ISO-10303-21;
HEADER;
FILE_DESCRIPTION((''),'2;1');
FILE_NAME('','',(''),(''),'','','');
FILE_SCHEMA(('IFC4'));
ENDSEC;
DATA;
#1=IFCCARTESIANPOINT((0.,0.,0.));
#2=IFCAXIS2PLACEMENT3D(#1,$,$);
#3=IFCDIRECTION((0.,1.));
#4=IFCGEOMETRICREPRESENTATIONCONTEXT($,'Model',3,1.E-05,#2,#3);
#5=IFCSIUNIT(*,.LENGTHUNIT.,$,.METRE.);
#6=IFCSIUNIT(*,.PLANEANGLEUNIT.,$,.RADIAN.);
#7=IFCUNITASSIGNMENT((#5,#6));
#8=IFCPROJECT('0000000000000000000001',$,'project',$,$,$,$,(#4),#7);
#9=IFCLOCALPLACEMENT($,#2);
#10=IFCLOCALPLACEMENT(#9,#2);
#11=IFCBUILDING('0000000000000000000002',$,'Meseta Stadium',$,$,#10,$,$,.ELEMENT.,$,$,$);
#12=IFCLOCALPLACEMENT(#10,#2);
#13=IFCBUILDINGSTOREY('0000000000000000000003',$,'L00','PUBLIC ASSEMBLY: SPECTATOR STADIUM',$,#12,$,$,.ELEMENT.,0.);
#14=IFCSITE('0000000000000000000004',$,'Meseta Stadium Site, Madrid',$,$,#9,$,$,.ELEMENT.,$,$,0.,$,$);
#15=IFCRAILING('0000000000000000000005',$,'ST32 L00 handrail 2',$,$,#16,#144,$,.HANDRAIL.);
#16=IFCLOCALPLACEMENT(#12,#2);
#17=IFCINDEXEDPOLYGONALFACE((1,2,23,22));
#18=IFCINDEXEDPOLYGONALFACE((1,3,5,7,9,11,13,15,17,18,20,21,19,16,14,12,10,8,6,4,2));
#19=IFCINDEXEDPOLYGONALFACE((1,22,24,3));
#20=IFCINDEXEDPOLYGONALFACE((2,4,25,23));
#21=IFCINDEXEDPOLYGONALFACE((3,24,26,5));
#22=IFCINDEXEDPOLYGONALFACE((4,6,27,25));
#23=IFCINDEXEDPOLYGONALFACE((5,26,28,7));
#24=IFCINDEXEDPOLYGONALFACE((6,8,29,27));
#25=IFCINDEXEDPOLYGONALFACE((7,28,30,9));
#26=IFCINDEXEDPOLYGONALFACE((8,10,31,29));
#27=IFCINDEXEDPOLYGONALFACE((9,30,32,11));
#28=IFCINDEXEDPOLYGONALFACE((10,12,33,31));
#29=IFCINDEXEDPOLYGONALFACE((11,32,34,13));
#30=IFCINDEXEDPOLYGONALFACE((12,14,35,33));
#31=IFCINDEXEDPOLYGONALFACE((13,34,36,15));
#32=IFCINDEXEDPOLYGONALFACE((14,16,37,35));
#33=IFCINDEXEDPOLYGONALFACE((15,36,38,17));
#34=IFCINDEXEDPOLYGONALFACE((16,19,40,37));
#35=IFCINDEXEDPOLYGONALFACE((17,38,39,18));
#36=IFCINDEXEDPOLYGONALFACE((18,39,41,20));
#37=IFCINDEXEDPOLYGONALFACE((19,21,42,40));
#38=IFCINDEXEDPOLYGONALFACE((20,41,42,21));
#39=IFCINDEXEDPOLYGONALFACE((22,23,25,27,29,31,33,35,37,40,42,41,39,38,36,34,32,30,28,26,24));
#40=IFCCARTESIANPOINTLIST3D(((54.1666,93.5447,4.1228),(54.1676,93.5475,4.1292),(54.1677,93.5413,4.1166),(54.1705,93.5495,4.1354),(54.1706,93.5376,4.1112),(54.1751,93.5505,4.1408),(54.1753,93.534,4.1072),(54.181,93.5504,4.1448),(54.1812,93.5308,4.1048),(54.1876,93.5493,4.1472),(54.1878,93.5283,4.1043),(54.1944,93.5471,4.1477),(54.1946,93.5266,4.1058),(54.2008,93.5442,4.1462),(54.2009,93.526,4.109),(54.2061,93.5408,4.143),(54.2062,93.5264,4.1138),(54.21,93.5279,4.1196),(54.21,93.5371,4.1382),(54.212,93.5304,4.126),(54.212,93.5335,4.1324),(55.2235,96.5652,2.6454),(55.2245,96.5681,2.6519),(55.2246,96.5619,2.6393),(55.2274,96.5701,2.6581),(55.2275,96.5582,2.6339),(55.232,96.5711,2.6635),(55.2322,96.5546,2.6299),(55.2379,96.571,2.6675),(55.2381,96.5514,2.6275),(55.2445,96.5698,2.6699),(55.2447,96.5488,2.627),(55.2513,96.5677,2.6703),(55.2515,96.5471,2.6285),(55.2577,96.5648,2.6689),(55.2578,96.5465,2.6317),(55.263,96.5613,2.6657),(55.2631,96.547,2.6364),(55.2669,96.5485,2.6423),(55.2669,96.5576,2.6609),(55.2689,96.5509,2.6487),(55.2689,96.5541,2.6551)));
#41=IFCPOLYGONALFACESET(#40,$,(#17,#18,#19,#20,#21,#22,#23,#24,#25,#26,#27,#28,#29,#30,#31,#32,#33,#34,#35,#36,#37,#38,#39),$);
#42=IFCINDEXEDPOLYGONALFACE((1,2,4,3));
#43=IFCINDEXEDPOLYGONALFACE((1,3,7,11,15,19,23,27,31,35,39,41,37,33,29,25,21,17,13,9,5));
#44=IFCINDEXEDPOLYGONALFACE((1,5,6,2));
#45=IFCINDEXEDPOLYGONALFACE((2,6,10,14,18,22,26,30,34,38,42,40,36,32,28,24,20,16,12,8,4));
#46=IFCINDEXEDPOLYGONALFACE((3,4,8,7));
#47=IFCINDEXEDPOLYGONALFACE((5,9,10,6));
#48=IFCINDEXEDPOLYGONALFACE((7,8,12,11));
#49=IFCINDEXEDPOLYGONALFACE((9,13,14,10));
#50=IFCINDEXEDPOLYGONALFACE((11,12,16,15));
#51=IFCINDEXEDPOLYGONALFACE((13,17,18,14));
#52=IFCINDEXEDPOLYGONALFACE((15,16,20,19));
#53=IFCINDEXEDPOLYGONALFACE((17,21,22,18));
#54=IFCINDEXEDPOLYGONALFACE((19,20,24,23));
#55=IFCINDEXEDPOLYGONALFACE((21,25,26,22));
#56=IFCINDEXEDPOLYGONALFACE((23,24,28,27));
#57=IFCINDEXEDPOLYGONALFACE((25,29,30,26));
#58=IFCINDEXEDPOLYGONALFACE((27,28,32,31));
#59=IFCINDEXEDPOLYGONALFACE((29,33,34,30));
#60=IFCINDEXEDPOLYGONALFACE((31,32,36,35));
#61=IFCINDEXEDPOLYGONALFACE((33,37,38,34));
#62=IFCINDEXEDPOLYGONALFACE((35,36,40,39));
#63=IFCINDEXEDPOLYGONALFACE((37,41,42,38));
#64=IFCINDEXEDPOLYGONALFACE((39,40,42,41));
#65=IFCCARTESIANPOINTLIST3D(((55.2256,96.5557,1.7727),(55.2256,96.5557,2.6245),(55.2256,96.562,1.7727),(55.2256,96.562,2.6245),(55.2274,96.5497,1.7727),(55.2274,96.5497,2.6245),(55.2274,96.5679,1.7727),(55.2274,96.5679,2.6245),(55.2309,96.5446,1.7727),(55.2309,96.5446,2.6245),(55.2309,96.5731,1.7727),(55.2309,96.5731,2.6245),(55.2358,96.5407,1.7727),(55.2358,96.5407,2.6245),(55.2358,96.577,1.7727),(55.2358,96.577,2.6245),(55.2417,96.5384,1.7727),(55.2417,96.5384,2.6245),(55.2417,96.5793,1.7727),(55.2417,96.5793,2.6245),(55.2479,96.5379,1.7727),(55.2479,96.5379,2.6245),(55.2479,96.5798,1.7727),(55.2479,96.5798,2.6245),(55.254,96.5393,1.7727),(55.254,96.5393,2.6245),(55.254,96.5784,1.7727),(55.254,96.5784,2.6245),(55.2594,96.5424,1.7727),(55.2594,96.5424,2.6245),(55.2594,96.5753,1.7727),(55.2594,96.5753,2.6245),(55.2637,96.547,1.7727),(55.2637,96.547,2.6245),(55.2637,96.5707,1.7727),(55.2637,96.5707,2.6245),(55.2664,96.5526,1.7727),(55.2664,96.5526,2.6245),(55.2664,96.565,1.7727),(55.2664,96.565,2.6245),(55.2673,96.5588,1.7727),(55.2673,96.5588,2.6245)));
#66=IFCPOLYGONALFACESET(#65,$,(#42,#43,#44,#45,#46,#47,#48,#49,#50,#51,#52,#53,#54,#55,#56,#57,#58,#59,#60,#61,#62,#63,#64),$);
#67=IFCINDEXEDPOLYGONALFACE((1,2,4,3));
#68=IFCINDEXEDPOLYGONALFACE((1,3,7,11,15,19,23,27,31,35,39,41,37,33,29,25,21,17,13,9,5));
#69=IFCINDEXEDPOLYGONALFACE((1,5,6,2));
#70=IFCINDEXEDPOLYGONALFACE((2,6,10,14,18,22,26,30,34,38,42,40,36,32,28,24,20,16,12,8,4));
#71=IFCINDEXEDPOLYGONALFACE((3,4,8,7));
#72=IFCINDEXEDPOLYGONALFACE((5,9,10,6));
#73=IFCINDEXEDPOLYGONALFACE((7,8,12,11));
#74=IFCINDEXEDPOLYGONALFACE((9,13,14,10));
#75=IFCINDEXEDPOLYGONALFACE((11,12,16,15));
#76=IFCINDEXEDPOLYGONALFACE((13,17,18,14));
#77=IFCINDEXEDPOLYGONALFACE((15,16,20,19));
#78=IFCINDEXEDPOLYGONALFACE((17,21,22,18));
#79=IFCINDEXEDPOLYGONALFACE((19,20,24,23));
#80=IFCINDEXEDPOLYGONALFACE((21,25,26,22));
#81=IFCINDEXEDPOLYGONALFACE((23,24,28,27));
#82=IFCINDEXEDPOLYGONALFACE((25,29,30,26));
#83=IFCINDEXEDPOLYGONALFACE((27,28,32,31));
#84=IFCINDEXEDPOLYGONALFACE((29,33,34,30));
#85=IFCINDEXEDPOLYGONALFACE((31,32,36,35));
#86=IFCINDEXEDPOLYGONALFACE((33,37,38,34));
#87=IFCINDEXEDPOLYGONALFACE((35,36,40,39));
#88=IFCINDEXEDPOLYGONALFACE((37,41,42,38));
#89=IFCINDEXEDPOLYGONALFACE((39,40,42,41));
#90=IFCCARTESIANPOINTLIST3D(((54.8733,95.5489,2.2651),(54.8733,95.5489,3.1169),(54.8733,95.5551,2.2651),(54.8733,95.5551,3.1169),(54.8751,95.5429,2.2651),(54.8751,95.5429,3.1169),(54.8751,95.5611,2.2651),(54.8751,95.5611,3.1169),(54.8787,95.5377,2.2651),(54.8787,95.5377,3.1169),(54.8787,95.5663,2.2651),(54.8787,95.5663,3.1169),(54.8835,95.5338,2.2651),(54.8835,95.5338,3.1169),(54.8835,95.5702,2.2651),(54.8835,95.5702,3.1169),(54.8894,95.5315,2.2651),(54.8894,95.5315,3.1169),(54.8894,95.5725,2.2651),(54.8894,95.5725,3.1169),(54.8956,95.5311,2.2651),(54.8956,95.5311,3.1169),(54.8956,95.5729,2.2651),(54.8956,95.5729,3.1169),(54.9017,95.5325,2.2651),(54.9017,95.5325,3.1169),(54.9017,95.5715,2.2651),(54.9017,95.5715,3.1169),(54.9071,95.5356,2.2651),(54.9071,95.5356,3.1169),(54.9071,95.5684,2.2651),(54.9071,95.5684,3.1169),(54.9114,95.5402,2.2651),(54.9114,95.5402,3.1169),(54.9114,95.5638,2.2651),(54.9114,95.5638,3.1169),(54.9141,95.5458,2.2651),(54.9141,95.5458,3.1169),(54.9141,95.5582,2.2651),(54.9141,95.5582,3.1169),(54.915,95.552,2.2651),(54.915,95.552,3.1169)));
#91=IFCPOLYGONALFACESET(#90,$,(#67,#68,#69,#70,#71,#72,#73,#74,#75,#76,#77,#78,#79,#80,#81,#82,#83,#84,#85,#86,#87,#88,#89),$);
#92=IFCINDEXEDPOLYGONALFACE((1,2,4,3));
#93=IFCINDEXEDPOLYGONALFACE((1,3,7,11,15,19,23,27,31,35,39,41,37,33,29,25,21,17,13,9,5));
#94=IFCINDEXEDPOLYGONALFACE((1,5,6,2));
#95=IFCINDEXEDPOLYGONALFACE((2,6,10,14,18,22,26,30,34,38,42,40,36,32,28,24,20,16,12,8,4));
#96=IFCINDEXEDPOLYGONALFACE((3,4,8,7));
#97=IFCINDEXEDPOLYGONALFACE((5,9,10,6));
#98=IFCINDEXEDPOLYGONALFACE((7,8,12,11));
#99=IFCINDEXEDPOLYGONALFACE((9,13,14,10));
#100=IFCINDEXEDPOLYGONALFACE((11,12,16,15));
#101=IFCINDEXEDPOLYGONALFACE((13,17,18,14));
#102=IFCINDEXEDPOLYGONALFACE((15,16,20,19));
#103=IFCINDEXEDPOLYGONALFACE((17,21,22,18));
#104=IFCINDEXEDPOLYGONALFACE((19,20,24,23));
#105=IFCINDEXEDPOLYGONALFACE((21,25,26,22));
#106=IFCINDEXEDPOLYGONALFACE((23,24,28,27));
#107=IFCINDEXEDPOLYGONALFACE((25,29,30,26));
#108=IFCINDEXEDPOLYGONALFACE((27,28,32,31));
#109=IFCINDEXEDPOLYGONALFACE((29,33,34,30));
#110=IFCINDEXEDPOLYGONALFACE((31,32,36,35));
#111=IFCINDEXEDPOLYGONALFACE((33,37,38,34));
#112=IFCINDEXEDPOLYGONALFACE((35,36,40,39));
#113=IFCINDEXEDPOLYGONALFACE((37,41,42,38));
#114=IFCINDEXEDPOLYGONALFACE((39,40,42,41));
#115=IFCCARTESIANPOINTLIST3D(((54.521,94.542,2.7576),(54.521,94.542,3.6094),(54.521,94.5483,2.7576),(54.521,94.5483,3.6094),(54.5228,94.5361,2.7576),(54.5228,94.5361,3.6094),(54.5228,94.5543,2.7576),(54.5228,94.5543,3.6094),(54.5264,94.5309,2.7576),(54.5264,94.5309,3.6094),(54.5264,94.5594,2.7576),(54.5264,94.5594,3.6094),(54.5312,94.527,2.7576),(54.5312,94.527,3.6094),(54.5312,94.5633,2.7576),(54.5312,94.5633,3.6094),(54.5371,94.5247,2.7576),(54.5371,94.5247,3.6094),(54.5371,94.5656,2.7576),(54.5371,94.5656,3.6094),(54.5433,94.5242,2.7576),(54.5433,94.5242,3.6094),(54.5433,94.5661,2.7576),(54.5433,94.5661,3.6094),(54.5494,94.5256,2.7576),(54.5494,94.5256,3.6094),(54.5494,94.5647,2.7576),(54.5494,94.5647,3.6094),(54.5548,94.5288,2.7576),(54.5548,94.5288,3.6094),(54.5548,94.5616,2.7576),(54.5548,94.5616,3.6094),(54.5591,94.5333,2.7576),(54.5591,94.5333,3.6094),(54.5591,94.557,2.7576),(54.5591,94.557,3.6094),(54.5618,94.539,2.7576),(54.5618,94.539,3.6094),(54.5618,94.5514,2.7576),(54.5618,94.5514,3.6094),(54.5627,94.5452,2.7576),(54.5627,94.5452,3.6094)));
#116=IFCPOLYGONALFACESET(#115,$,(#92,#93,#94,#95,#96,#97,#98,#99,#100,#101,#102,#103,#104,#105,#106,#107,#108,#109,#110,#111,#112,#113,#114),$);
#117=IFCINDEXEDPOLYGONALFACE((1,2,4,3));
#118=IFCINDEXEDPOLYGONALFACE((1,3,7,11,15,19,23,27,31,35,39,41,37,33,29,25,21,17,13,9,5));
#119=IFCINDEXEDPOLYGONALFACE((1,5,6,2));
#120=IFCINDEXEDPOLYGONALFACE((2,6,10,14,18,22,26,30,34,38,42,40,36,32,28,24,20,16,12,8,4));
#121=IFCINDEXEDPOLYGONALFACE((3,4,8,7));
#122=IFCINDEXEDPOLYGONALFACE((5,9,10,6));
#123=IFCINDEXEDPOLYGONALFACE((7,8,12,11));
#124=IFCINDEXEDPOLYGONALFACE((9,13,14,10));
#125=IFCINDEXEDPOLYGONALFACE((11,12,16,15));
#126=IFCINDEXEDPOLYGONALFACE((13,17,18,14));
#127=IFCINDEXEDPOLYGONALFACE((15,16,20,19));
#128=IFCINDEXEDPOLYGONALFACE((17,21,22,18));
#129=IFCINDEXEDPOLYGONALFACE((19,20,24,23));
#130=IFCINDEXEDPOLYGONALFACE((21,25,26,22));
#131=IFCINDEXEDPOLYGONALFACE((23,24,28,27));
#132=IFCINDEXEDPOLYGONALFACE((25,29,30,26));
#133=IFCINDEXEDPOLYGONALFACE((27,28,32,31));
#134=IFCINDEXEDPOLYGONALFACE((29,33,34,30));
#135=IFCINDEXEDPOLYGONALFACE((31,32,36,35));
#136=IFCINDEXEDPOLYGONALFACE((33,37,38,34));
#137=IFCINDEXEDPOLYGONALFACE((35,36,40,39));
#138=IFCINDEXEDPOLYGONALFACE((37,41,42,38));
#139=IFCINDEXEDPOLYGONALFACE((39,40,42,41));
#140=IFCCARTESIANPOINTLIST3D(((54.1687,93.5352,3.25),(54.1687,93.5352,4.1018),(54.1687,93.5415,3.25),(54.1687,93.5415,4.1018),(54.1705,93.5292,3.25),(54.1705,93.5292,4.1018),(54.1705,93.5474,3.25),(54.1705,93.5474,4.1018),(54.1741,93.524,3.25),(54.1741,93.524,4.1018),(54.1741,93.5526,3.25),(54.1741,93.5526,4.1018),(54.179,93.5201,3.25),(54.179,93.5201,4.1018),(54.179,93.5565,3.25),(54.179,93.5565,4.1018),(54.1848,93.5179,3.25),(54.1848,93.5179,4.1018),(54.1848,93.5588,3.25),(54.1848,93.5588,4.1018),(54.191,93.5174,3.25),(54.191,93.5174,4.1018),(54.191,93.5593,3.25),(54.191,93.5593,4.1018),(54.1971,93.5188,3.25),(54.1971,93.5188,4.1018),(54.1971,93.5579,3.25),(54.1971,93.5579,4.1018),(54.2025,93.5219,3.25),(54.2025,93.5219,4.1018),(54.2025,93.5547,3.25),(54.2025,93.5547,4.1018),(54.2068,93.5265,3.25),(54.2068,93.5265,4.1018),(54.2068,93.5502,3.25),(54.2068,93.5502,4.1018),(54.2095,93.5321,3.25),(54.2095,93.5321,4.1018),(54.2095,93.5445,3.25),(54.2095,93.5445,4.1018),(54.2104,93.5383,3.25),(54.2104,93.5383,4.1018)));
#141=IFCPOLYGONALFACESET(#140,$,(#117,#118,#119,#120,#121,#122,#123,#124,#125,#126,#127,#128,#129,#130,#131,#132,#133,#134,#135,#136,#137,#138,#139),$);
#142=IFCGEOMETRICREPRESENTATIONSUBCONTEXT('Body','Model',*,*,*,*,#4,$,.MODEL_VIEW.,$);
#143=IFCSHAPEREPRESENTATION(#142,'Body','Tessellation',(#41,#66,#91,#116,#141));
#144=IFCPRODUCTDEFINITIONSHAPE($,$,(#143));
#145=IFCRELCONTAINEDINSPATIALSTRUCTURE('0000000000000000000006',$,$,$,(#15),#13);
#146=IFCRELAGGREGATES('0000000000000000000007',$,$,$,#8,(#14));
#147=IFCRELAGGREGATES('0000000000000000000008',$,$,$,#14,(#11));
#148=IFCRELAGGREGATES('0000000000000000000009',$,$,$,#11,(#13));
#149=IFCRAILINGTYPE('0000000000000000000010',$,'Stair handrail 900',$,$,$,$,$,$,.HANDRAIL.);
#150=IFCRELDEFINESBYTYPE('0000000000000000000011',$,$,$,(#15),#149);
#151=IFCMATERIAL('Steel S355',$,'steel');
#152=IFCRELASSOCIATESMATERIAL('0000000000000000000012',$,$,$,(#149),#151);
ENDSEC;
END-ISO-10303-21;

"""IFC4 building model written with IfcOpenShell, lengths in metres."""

from ifc_helpers import new_model, si_unit, direction, frame, origin, origin_2d, place, context, subcontext, project, spatial, circle, extrude, material, type_object, element, save


model = new_model("IFC4")

# Units and contexts
model_context = context("Model", 3, precision=1e-05, world=origin(), true_north=direction((0.0, 1.0)))
body_context = subcontext(model_context, "Body", "Model", "MODEL_VIEW")
ifc_project = project(units=[si_unit("LENGTHUNIT", "METRE"), si_unit("PLANEANGLEUNIT", "RADIAN")], contexts=[model_context])

# Site, building, storey
site_placement = place(None, origin())
site = spatial("IfcSite", under=ifc_project, at=site_placement, Name="Meseta Stadium Site, Madrid", CompositionType="ELEMENT", RefElevation=0.0)
building_placement = place(site_placement, origin())
building = spatial("IfcBuilding", under=site, at=building_placement, Name="Meseta Stadium", CompositionType="ELEMENT")
storey_placement = place(building_placement, origin())
storey = spatial("IfcBuildingStorey", under=building, at=storey_placement, Name="L00", Description="PUBLIC ASSEMBLY: SPECTATOR STADIUM", CompositionType="ELEMENT", Elevation=0.0)

# Railing
ifc_material_1 = material(Name="Steel S355", Category="steel")
railing_type_1 = type_object("IfcRailingType", Name="Stair handrail 900", PredefinedType="HANDRAIL", material=ifc_material_1)
for number, where, name in (
    (1, (55.2463, 96.5588, 1.7727), "ST32 L00 handrail 2"),
):
    element("IfcRailing", number, at=place(storey_placement, frame(where)), inside=storey, type_object=railing_type_1, Name=name, PredefinedType="HANDRAIL", context=body_context, shape_type="SweptSolid", body=[
        extrude(circle(Radius=0.0239, at=origin_2d()), frame((0.0, 0.0, 0.876), z_axis=(-0.299859, -0.856977, 0.419137), x_axis=(0.943887, -0.330269, 0.0)), (0.0, 0.0, 1.0), 3.5247),
        extrude(circle(Radius=0.021, at=origin_2d()), origin(), (0.0, 0.0, 1.0), 0.8518),
        extrude(circle(Radius=0.021, at=origin_2d()), frame((-0.3523, -1.0068, 0.4924)), (0.0, 0.0, 1.0), 0.8518),
        extrude(circle(Radius=0.021, at=origin_2d()), frame((-0.7046, -2.0137, 0.9849)), (0.0, 0.0, 1.0), 0.8518),
        extrude(circle(Radius=0.021, at=origin_2d()), frame((-1.0569, -3.0205, 1.4773)), (0.0, 0.0, 1.0), 0.8518),
    ])

save(model, "model.ifc")
